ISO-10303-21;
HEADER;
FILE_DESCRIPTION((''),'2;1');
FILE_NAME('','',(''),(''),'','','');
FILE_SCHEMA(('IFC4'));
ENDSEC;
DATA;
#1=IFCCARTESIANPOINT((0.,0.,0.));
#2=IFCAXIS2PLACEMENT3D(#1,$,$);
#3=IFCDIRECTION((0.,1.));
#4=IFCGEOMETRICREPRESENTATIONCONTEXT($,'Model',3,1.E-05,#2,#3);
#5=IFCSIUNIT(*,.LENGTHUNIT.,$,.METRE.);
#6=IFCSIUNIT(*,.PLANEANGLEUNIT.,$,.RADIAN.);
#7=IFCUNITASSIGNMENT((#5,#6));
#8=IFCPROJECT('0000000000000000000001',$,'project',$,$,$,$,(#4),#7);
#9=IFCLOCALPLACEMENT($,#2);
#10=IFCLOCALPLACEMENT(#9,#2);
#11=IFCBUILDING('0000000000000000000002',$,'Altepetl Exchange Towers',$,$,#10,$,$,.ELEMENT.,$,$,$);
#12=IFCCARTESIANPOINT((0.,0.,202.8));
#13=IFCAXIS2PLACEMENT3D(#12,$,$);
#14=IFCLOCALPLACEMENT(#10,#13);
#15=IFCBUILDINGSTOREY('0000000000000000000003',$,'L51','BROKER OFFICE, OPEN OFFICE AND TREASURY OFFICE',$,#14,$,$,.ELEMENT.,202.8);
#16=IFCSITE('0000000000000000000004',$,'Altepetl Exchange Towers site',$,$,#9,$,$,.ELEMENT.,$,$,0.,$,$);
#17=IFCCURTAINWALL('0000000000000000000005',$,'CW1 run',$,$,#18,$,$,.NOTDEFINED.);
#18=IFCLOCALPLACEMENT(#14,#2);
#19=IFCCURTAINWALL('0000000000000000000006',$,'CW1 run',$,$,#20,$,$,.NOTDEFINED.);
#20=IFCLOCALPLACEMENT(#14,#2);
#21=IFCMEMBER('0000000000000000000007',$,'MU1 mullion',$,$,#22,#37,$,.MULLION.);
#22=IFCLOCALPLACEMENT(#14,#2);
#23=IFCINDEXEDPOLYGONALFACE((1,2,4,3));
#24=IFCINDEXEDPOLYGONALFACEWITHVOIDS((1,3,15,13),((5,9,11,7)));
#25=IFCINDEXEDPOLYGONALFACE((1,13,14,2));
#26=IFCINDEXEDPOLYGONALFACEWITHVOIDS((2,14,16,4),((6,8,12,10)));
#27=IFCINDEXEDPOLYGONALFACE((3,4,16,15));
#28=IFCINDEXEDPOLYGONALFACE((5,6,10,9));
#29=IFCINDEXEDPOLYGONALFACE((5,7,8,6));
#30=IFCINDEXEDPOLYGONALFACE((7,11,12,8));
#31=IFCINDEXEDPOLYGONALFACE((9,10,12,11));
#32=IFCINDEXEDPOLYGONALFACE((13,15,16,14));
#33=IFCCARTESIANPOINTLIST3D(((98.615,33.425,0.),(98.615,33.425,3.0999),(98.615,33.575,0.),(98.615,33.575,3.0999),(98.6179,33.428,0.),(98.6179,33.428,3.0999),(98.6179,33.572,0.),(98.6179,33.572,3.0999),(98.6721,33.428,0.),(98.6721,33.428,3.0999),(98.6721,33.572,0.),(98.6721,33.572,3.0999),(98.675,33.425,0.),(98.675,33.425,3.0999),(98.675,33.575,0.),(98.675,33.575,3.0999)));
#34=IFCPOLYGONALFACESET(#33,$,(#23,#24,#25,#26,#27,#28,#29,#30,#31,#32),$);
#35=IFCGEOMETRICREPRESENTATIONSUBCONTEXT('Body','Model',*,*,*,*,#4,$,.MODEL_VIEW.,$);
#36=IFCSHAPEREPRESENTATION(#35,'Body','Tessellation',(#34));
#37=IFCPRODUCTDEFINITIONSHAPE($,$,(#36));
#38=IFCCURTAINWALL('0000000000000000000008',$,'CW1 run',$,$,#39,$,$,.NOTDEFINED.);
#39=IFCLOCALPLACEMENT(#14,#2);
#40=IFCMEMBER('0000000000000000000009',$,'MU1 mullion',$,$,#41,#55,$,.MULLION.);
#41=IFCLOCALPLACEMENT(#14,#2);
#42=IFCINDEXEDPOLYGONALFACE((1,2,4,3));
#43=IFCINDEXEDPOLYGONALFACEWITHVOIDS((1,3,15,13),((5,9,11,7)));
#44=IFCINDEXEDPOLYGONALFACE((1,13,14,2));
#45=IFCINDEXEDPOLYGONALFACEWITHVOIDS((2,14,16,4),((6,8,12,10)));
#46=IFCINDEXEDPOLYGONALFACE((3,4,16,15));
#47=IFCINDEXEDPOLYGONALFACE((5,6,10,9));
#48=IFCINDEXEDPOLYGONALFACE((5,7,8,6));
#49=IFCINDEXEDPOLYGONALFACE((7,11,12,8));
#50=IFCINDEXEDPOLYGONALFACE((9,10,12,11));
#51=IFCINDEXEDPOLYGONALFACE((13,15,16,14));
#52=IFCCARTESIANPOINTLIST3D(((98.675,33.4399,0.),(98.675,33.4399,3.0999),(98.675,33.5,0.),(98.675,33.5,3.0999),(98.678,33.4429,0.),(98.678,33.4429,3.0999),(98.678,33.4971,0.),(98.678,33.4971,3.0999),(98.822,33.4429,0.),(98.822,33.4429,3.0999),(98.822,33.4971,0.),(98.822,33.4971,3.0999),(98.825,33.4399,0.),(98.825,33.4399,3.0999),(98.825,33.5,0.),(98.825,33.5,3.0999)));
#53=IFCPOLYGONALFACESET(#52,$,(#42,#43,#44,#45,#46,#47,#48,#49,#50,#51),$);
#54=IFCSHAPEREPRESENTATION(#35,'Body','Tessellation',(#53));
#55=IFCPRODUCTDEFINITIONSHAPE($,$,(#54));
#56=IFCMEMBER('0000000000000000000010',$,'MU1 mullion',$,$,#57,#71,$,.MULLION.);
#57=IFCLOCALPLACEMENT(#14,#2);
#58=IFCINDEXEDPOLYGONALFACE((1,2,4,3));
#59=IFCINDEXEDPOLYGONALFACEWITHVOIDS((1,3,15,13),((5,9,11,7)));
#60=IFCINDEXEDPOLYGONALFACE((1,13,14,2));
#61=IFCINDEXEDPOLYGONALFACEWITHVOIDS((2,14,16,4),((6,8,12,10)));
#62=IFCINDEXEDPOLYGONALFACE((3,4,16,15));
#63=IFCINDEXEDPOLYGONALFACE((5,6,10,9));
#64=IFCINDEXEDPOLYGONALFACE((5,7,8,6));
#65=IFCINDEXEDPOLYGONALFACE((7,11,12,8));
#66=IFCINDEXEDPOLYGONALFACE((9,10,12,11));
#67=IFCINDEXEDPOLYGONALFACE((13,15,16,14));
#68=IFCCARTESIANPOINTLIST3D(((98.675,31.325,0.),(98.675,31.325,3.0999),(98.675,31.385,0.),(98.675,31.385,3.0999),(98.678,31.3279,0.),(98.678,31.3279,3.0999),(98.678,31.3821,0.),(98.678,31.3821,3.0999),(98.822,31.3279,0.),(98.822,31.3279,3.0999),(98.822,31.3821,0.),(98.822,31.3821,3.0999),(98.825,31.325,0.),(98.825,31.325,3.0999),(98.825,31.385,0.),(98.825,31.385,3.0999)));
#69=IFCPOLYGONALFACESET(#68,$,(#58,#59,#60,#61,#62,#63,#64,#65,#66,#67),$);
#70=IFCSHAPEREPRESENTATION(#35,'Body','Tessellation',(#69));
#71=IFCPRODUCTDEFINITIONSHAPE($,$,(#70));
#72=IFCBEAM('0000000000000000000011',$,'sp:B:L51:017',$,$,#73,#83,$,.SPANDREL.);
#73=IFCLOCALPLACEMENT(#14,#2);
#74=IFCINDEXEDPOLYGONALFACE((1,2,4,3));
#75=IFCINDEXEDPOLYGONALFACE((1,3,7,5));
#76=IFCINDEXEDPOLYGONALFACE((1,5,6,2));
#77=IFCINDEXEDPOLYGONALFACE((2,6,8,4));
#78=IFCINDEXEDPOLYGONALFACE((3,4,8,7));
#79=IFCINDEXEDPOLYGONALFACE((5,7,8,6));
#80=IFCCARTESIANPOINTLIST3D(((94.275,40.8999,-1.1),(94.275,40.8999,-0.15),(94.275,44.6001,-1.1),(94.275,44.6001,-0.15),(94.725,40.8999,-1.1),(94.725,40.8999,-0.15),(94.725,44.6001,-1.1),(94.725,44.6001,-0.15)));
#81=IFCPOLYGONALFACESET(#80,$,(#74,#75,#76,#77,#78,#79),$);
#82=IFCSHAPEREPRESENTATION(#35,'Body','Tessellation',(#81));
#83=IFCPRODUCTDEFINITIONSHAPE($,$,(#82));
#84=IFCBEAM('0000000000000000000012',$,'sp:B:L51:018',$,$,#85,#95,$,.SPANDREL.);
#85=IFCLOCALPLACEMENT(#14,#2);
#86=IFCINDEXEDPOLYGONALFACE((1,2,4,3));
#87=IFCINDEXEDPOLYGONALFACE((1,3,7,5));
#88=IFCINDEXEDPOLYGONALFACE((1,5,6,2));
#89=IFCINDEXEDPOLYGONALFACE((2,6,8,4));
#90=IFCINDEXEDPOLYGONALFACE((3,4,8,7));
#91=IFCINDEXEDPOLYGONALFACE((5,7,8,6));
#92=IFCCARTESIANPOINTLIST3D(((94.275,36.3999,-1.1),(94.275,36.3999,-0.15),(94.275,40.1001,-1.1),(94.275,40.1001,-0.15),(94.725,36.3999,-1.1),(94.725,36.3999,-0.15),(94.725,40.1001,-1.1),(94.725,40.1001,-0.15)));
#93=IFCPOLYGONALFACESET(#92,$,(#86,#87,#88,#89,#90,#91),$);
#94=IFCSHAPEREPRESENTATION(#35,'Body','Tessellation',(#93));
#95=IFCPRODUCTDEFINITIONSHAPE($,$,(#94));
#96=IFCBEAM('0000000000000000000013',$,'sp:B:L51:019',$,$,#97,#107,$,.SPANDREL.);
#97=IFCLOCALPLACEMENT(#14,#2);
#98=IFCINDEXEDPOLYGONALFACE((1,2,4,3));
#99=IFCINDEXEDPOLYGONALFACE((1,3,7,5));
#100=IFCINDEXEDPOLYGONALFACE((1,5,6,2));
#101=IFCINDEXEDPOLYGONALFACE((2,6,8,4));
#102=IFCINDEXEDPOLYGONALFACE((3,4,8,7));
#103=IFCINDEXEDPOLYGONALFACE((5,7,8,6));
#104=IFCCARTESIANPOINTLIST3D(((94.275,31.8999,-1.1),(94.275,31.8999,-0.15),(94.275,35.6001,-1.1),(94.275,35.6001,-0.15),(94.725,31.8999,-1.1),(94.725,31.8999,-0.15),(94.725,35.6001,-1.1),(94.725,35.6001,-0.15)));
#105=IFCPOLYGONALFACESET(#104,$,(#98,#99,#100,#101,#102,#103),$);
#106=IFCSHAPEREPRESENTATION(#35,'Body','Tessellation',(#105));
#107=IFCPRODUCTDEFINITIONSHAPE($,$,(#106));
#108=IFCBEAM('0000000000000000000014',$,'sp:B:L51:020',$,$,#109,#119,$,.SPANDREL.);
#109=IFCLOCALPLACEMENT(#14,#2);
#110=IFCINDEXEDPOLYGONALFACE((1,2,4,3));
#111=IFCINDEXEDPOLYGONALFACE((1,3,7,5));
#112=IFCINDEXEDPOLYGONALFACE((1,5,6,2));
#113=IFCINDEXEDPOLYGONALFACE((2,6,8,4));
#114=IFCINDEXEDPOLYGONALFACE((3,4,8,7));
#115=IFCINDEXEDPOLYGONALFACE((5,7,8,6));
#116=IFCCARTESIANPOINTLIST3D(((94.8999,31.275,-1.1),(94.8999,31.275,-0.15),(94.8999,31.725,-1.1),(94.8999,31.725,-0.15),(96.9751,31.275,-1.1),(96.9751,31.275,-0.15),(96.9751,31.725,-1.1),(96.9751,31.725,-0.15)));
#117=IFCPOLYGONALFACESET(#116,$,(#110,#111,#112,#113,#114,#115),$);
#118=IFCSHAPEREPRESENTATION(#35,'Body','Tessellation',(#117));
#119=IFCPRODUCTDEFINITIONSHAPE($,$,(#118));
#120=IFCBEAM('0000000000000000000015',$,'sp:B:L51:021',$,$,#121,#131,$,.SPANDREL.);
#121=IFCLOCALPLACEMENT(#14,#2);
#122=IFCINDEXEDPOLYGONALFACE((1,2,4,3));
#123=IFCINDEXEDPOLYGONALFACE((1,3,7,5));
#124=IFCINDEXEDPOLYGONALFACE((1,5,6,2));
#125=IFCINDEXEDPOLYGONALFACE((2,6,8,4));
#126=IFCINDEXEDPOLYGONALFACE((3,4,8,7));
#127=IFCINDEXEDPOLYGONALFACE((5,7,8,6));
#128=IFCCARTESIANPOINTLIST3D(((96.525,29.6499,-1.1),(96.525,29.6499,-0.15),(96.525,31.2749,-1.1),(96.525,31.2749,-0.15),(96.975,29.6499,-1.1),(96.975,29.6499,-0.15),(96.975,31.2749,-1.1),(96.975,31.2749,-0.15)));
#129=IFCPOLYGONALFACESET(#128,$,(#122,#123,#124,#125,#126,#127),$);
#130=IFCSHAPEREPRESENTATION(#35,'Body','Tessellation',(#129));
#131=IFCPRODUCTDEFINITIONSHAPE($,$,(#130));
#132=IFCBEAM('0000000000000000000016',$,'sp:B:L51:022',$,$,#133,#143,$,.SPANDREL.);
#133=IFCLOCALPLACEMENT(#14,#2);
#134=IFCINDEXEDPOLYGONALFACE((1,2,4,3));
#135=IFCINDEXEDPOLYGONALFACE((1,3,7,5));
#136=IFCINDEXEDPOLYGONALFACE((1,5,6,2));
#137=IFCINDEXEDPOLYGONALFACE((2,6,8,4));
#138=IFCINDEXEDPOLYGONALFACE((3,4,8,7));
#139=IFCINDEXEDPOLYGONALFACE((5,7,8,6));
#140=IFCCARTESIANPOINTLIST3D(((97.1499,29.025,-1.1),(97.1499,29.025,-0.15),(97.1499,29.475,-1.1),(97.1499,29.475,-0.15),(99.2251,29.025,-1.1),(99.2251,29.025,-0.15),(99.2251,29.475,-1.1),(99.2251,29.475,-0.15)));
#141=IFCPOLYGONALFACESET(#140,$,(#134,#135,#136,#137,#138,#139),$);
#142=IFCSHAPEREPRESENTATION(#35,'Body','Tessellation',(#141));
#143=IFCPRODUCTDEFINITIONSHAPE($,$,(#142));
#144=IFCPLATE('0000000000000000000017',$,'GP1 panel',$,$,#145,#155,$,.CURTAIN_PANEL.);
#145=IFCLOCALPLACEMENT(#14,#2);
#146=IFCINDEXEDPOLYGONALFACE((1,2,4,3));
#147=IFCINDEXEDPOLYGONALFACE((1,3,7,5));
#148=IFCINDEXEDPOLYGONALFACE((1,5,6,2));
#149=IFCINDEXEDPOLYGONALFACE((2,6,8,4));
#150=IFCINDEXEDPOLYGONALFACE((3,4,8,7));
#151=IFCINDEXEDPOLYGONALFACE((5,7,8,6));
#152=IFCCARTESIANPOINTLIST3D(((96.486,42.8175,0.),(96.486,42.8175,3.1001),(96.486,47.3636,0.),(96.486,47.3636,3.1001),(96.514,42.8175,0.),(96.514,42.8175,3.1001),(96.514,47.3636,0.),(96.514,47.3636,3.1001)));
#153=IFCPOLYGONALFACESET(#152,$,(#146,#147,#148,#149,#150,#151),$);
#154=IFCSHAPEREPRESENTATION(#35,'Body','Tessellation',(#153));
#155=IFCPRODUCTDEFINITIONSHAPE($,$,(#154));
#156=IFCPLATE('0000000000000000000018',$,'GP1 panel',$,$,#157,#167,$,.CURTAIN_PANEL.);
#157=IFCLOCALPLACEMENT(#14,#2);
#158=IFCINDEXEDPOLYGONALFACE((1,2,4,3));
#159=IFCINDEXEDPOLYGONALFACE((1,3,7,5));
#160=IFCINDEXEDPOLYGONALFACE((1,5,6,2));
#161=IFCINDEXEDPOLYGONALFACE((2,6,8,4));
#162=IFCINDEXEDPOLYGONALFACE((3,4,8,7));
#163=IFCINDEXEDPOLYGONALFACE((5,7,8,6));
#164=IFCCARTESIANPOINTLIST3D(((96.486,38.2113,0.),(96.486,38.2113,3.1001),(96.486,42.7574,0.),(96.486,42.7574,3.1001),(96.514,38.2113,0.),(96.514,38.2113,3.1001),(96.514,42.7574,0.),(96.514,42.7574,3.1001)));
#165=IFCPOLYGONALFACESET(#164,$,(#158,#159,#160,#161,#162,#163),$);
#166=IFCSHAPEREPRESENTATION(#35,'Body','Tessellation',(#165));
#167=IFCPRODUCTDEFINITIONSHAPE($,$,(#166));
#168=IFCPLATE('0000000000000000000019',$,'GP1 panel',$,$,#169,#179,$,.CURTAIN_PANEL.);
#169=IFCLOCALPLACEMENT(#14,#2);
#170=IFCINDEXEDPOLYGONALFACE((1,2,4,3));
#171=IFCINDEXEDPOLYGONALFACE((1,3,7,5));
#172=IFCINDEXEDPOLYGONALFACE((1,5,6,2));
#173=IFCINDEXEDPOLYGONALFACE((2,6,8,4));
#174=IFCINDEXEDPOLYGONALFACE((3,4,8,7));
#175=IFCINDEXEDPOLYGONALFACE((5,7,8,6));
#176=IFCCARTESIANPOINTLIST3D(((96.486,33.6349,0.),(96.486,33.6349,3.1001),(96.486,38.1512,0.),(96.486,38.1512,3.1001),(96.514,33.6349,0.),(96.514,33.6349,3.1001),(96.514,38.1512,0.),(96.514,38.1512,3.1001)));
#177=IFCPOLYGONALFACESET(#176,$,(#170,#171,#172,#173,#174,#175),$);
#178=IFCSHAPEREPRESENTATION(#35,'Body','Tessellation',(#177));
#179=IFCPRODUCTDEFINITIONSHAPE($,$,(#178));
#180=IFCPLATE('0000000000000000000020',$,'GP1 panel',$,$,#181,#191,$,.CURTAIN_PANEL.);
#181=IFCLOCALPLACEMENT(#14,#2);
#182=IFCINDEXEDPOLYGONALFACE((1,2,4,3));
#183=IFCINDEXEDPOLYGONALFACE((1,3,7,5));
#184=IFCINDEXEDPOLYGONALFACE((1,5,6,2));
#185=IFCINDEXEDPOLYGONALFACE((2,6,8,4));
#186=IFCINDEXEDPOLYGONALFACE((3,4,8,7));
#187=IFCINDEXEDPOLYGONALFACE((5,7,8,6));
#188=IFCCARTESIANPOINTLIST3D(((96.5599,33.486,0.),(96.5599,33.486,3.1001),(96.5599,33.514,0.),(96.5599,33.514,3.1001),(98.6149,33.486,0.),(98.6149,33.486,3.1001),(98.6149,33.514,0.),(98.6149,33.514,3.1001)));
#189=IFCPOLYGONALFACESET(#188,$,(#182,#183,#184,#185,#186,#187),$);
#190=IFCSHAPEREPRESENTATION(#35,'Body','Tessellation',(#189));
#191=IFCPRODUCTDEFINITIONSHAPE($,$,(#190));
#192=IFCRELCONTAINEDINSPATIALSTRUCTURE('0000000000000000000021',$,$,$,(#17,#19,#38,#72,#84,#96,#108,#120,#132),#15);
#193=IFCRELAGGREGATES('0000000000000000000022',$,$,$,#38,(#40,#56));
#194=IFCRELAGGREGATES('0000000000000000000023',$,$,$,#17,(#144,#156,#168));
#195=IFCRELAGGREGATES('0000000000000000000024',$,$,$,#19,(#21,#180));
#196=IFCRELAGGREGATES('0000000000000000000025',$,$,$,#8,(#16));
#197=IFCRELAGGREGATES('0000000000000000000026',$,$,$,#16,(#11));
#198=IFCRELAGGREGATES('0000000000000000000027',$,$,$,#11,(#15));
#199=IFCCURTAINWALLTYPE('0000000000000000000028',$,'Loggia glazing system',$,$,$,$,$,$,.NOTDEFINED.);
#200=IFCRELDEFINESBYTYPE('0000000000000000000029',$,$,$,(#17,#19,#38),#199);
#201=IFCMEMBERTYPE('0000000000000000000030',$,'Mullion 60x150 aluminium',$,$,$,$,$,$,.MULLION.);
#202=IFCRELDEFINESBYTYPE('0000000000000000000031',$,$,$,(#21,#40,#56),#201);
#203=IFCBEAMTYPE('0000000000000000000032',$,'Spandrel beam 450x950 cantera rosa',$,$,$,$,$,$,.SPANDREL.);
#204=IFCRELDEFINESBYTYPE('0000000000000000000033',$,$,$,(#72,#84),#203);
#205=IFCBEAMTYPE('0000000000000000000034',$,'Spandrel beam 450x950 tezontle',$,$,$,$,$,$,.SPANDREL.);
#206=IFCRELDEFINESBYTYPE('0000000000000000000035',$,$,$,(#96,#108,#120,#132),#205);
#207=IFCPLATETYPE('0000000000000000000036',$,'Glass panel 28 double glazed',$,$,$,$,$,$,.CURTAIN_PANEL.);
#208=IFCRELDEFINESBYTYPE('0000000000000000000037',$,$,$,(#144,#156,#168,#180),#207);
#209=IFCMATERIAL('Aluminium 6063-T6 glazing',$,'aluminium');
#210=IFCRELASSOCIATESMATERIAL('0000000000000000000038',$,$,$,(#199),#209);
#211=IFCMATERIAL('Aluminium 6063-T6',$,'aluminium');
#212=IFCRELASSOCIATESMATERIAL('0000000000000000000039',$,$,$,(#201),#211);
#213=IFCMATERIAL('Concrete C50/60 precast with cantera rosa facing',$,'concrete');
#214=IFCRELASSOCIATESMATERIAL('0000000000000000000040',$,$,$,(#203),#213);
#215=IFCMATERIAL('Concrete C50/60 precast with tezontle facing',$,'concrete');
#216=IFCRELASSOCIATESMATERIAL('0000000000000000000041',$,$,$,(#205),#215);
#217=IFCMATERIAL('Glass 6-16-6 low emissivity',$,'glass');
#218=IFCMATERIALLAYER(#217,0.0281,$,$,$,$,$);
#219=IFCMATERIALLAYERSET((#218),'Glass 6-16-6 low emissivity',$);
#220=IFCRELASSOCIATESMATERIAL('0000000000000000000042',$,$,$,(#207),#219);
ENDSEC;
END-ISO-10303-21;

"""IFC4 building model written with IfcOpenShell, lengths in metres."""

from ifc_helpers import new_model, si_unit, direction, frame, origin, origin_2d, place, context, subcontext, project, spatial, rectangle, hollow_rectangle, extrude, material, layer, layer_set, material_profile, profile_set, type_object, element, aggregate, save


model = new_model("IFC4")

# Units and contexts
model_context = context("Model", 3, precision=1e-05, world=origin(), true_north=direction((0.0, 1.0)))
body_context = subcontext(model_context, "Body", "Model", "MODEL_VIEW")
ifc_project = project(units=[si_unit("LENGTHUNIT", "METRE"), si_unit("PLANEANGLEUNIT", "RADIAN")], contexts=[model_context])

# Site, building, storey
site_placement = place(None, origin())
site = spatial("IfcSite", under=ifc_project, at=site_placement, Name="Altepetl Exchange Towers site", CompositionType="ELEMENT", RefElevation=0.0)
building_placement = place(site_placement, origin())
building = spatial("IfcBuilding", under=site, at=building_placement, Name="Altepetl Exchange Towers", CompositionType="ELEMENT")
storey_placement = place(building_placement, frame((0.0, 0.0, 202.8)))
storey = spatial("IfcBuildingStorey", under=building, at=storey_placement, Name="L51", Description="BROKER OFFICE, OPEN OFFICE AND TREASURY OFFICE", CompositionType="ELEMENT", Elevation=202.8)

# Curtain walls, members
ifc_material_1 = material(Name="Aluminium 6063-T6 glazing", Category="aluminium")
curtain_wall_type = type_object("IfcCurtainWallType", Name="Loggia glazing system", PredefinedType="NOTDEFINED", material=ifc_material_1)
curtain_wall_1_placement = place(storey_placement, origin())
curtain_wall_1 = element("IfcCurtainWall", 1, at=curtain_wall_1_placement, inside=storey, type_object=curtain_wall_type, Name="CW1 run", PredefinedType="NOTDEFINED")
ifc_material_2 = material(Name="Aluminium 6063-T6", Category="aluminium")
ifc_material_profile_1 = material_profile(ifc_material_2, hollow_rectangle(XDim=0.0601, YDim=0.1499, WallThickness=0.0029, at=origin_2d()), Name="Mullion 60x150 aluminium")
ifc_profile_set_1 = profile_set([ifc_material_profile_1], Name="Aluminium 6063-T6")
member_type = type_object("IfcMemberType", Name="Mullion 60x150 aluminium", PredefinedType="MULLION", material=ifc_profile_set_1)
curtain_wall_2_placement = place(storey_placement, origin())
curtain_wall_2 = element("IfcCurtainWall", 2, at=curtain_wall_2_placement, inside=storey, type_object=curtain_wall_type, Name="CW1 run", PredefinedType="NOTDEFINED")
member_1_placement = place(storey_placement, frame((98.645, 33.5, 0.0)))
member_1 = element("IfcMember", 3, at=member_1_placement, type_object=member_type, Name="MU1 mullion", PredefinedType="MULLION", context=body_context, shape_type="SweptSolid", body=[
    extrude(hollow_rectangle(XDim=0.0601, YDim=0.1499, WallThickness=0.0029, at=origin_2d()), origin(), (0.0, 0.0, 1.0), 3.0999),
])
curtain_wall_3_placement = place(storey_placement, origin())
curtain_wall_3 = element("IfcCurtainWall", 4, at=curtain_wall_3_placement, inside=storey, type_object=curtain_wall_type, Name="CW1 run", PredefinedType="NOTDEFINED")
member_2_placement = place(storey_placement, frame((98.75, 33.47, 0.0), z_axis=(0.0, 0.0, 1.0), x_axis=(0.0, -1.0, 0.0)))
member_2 = element("IfcMember", 5, at=member_2_placement, type_object=member_type, Name="MU1 mullion", PredefinedType="MULLION", context=body_context, shape_type="SweptSolid", body=[
    extrude(hollow_rectangle(XDim=0.0601, YDim=0.1499, WallThickness=0.0029, at=origin_2d()), origin(), (0.0, 0.0, 1.0), 3.0999),
])
member_3_placement = place(storey_placement, frame((98.75, 31.355, 0.0), z_axis=(0.0, 0.0, 1.0), x_axis=(0.0, -1.0, 0.0)))
member_3 = element("IfcMember", 6, at=member_3_placement, type_object=member_type, Name="MU1 mullion", PredefinedType="MULLION", context=body_context, shape_type="SweptSolid", body=[
    extrude(hollow_rectangle(XDim=0.0601, YDim=0.1499, WallThickness=0.0029, at=origin_2d()), origin(), (0.0, 0.0, 1.0), 3.0999),
])
aggregate(curtain_wall_3, [member_2, member_3])

# Beams
ifc_material_3 = material(Name="Concrete C50/60 precast with cantera rosa facing", Category="concrete")
ifc_material_profile_2 = material_profile(ifc_material_3, rectangle(XDim=0.45, YDim=0.95, at=origin_2d()), Name="450 x 950")
ifc_profile_set_2 = profile_set([ifc_material_profile_2], Name="Concrete C50/60 precast with cantera rosa facing")
beam_type_1 = type_object("IfcBeamType", Name="Spandrel beam 450x950 cantera rosa", PredefinedType="SPANDREL", material=ifc_profile_set_2)
for number, where, z_axis, x_axis, name in (
    (7, (94.5, 44.6001, -0.625), (0.0, -1.0, 0.0), (1.0, 0.0, 0.0), "sp:B:L51:017"),
    (8, (94.5, 40.1001, -0.625), (0.0, -1.0, 0.0), (1.0, 0.0, 0.0), "sp:B:L51:018"),
):
    element("IfcBeam", number, at=place(storey_placement, frame(where, z_axis=z_axis, x_axis=x_axis)), inside=storey, type_object=beam_type_1, Name=name, PredefinedType="SPANDREL", context=body_context, shape_type="SweptSolid", body=[
        extrude(rectangle(XDim=0.45, YDim=0.95, at=origin_2d()), origin(), (0.0, 0.0, 1.0), 3.7002),
    ])
ifc_material_4 = material(Name="Concrete C50/60 precast with tezontle facing", Category="concrete")
ifc_material_profile_3 = material_profile(ifc_material_4, rectangle(XDim=0.45, YDim=0.95, at=origin_2d()), Name="450 x 950")
ifc_profile_set_3 = profile_set([ifc_material_profile_3], Name="Concrete C50/60 precast with tezontle facing")
beam_type_2 = type_object("IfcBeamType", Name="Spandrel beam 450x950 tezontle", PredefinedType="SPANDREL", material=ifc_profile_set_3)
beam_1_placement = place(storey_placement, frame((94.5, 35.6001, -0.625), z_axis=(0.0, -1.0, 0.0), x_axis=(1.0, 0.0, 0.0)))
element("IfcBeam", 9, at=beam_1_placement, inside=storey, type_object=beam_type_2, Name="sp:B:L51:019", PredefinedType="SPANDREL", context=body_context, shape_type="SweptSolid", body=[
    extrude(rectangle(XDim=0.45, YDim=0.95, at=origin_2d()), origin(), (0.0, 0.0, 1.0), 3.7002),
])
beam_2_placement = place(storey_placement, frame((94.8999, 31.5, -0.625), z_axis=(1.0, 0.0, 0.0), x_axis=(0.0, 1.0, 0.0)))
element("IfcBeam", 10, at=beam_2_placement, inside=storey, type_object=beam_type_2, Name="sp:B:L51:020", PredefinedType="SPANDREL", context=body_context, shape_type="SweptSolid", body=[
    extrude(rectangle(XDim=0.45, YDim=0.95, at=origin_2d()), origin(), (0.0, 0.0, 1.0), 2.0752),
])
beam_3_placement = place(storey_placement, frame((96.75, 31.2749, -0.625), z_axis=(0.0, -1.0, 0.0), x_axis=(1.0, 0.0, 0.0)))
element("IfcBeam", 11, at=beam_3_placement, inside=storey, type_object=beam_type_2, Name="sp:B:L51:021", PredefinedType="SPANDREL", context=body_context, shape_type="SweptSolid", body=[
    extrude(rectangle(XDim=0.45, YDim=0.95, at=origin_2d()), origin(), (0.0, 0.0, 1.0), 1.625),
])
beam_4_placement = place(storey_placement, frame((97.1499, 29.25, -0.625), z_axis=(1.0, 0.0, 0.0), x_axis=(0.0, 1.0, 0.0)))
element("IfcBeam", 12, at=beam_4_placement, inside=storey, type_object=beam_type_2, Name="sp:B:L51:022", PredefinedType="SPANDREL", context=body_context, shape_type="SweptSolid", body=[
    extrude(rectangle(XDim=0.45, YDim=0.95, at=origin_2d()), origin(), (0.0, 0.0, 1.0), 2.0752),
])

# Plates
ifc_material_5 = material(Name="Glass 6-16-6 low emissivity", Category="glass")
ifc_layer_1 = layer(ifc_material_5, 0.0281)
ifc_layer_set_1 = layer_set([ifc_layer_1], Name="Glass 6-16-6 low emissivity")
plate_type = type_object("IfcPlateType", Name="Glass panel 28 double glazed", PredefinedType="CURTAIN_PANEL", material=ifc_layer_set_1)
plate_1_placement = place(storey_placement, frame((96.5, 45.0906, 0.0), z_axis=(0.0, 0.0, 1.0), x_axis=(0.0, -1.0, 0.0)))
plate_1 = element("IfcPlate", 13, at=plate_1_placement, type_object=plate_type, Name="GP1 panel", PredefinedType="CURTAIN_PANEL", context=body_context, shape_type="SweptSolid", body=[
    extrude(rectangle(XDim=4.5461, YDim=0.0281, at=origin_2d()), origin(), (0.0, 0.0, 1.0), 3.1001),
])
plate_2_placement = place(storey_placement, frame((96.5, 40.4844, 0.0), z_axis=(0.0, 0.0, 1.0), x_axis=(0.0, -1.0, 0.0)))
plate_2 = element("IfcPlate", 14, at=plate_2_placement, type_object=plate_type, Name="GP1 panel", PredefinedType="CURTAIN_PANEL", context=body_context, shape_type="SweptSolid", body=[
    extrude(rectangle(XDim=4.5461, YDim=0.0281, at=origin_2d()), origin(), (0.0, 0.0, 1.0), 3.1001),
])
plate_3_placement = place(storey_placement, frame((96.5, 35.8931, 0.0), z_axis=(0.0, 0.0, 1.0), x_axis=(0.0, -1.0, 0.0)))
plate_3 = element("IfcPlate", 15, at=plate_3_placement, type_object=plate_type, Name="GP1 panel", PredefinedType="CURTAIN_PANEL", context=body_context, shape_type="SweptSolid", body=[
    extrude(rectangle(XDim=4.5164, YDim=0.0281, at=origin_2d()), origin(), (0.0, 0.0, 1.0), 3.1001),
])
aggregate(curtain_wall_1, [plate_1, plate_2, plate_3])
plate_4_placement = place(storey_placement, frame((97.5874, 33.5, 0.0)))
plate_4 = element("IfcPlate", 16, at=plate_4_placement, type_object=plate_type, Name="GP1 panel", PredefinedType="CURTAIN_PANEL", context=body_context, shape_type="SweptSolid", body=[
    extrude(rectangle(XDim=2.0549, YDim=0.0281, at=origin_2d()), origin(), (0.0, 0.0, 1.0), 3.1001),
])
aggregate(curtain_wall_2, [member_1, plate_4])

save(model, "model.ifc")
